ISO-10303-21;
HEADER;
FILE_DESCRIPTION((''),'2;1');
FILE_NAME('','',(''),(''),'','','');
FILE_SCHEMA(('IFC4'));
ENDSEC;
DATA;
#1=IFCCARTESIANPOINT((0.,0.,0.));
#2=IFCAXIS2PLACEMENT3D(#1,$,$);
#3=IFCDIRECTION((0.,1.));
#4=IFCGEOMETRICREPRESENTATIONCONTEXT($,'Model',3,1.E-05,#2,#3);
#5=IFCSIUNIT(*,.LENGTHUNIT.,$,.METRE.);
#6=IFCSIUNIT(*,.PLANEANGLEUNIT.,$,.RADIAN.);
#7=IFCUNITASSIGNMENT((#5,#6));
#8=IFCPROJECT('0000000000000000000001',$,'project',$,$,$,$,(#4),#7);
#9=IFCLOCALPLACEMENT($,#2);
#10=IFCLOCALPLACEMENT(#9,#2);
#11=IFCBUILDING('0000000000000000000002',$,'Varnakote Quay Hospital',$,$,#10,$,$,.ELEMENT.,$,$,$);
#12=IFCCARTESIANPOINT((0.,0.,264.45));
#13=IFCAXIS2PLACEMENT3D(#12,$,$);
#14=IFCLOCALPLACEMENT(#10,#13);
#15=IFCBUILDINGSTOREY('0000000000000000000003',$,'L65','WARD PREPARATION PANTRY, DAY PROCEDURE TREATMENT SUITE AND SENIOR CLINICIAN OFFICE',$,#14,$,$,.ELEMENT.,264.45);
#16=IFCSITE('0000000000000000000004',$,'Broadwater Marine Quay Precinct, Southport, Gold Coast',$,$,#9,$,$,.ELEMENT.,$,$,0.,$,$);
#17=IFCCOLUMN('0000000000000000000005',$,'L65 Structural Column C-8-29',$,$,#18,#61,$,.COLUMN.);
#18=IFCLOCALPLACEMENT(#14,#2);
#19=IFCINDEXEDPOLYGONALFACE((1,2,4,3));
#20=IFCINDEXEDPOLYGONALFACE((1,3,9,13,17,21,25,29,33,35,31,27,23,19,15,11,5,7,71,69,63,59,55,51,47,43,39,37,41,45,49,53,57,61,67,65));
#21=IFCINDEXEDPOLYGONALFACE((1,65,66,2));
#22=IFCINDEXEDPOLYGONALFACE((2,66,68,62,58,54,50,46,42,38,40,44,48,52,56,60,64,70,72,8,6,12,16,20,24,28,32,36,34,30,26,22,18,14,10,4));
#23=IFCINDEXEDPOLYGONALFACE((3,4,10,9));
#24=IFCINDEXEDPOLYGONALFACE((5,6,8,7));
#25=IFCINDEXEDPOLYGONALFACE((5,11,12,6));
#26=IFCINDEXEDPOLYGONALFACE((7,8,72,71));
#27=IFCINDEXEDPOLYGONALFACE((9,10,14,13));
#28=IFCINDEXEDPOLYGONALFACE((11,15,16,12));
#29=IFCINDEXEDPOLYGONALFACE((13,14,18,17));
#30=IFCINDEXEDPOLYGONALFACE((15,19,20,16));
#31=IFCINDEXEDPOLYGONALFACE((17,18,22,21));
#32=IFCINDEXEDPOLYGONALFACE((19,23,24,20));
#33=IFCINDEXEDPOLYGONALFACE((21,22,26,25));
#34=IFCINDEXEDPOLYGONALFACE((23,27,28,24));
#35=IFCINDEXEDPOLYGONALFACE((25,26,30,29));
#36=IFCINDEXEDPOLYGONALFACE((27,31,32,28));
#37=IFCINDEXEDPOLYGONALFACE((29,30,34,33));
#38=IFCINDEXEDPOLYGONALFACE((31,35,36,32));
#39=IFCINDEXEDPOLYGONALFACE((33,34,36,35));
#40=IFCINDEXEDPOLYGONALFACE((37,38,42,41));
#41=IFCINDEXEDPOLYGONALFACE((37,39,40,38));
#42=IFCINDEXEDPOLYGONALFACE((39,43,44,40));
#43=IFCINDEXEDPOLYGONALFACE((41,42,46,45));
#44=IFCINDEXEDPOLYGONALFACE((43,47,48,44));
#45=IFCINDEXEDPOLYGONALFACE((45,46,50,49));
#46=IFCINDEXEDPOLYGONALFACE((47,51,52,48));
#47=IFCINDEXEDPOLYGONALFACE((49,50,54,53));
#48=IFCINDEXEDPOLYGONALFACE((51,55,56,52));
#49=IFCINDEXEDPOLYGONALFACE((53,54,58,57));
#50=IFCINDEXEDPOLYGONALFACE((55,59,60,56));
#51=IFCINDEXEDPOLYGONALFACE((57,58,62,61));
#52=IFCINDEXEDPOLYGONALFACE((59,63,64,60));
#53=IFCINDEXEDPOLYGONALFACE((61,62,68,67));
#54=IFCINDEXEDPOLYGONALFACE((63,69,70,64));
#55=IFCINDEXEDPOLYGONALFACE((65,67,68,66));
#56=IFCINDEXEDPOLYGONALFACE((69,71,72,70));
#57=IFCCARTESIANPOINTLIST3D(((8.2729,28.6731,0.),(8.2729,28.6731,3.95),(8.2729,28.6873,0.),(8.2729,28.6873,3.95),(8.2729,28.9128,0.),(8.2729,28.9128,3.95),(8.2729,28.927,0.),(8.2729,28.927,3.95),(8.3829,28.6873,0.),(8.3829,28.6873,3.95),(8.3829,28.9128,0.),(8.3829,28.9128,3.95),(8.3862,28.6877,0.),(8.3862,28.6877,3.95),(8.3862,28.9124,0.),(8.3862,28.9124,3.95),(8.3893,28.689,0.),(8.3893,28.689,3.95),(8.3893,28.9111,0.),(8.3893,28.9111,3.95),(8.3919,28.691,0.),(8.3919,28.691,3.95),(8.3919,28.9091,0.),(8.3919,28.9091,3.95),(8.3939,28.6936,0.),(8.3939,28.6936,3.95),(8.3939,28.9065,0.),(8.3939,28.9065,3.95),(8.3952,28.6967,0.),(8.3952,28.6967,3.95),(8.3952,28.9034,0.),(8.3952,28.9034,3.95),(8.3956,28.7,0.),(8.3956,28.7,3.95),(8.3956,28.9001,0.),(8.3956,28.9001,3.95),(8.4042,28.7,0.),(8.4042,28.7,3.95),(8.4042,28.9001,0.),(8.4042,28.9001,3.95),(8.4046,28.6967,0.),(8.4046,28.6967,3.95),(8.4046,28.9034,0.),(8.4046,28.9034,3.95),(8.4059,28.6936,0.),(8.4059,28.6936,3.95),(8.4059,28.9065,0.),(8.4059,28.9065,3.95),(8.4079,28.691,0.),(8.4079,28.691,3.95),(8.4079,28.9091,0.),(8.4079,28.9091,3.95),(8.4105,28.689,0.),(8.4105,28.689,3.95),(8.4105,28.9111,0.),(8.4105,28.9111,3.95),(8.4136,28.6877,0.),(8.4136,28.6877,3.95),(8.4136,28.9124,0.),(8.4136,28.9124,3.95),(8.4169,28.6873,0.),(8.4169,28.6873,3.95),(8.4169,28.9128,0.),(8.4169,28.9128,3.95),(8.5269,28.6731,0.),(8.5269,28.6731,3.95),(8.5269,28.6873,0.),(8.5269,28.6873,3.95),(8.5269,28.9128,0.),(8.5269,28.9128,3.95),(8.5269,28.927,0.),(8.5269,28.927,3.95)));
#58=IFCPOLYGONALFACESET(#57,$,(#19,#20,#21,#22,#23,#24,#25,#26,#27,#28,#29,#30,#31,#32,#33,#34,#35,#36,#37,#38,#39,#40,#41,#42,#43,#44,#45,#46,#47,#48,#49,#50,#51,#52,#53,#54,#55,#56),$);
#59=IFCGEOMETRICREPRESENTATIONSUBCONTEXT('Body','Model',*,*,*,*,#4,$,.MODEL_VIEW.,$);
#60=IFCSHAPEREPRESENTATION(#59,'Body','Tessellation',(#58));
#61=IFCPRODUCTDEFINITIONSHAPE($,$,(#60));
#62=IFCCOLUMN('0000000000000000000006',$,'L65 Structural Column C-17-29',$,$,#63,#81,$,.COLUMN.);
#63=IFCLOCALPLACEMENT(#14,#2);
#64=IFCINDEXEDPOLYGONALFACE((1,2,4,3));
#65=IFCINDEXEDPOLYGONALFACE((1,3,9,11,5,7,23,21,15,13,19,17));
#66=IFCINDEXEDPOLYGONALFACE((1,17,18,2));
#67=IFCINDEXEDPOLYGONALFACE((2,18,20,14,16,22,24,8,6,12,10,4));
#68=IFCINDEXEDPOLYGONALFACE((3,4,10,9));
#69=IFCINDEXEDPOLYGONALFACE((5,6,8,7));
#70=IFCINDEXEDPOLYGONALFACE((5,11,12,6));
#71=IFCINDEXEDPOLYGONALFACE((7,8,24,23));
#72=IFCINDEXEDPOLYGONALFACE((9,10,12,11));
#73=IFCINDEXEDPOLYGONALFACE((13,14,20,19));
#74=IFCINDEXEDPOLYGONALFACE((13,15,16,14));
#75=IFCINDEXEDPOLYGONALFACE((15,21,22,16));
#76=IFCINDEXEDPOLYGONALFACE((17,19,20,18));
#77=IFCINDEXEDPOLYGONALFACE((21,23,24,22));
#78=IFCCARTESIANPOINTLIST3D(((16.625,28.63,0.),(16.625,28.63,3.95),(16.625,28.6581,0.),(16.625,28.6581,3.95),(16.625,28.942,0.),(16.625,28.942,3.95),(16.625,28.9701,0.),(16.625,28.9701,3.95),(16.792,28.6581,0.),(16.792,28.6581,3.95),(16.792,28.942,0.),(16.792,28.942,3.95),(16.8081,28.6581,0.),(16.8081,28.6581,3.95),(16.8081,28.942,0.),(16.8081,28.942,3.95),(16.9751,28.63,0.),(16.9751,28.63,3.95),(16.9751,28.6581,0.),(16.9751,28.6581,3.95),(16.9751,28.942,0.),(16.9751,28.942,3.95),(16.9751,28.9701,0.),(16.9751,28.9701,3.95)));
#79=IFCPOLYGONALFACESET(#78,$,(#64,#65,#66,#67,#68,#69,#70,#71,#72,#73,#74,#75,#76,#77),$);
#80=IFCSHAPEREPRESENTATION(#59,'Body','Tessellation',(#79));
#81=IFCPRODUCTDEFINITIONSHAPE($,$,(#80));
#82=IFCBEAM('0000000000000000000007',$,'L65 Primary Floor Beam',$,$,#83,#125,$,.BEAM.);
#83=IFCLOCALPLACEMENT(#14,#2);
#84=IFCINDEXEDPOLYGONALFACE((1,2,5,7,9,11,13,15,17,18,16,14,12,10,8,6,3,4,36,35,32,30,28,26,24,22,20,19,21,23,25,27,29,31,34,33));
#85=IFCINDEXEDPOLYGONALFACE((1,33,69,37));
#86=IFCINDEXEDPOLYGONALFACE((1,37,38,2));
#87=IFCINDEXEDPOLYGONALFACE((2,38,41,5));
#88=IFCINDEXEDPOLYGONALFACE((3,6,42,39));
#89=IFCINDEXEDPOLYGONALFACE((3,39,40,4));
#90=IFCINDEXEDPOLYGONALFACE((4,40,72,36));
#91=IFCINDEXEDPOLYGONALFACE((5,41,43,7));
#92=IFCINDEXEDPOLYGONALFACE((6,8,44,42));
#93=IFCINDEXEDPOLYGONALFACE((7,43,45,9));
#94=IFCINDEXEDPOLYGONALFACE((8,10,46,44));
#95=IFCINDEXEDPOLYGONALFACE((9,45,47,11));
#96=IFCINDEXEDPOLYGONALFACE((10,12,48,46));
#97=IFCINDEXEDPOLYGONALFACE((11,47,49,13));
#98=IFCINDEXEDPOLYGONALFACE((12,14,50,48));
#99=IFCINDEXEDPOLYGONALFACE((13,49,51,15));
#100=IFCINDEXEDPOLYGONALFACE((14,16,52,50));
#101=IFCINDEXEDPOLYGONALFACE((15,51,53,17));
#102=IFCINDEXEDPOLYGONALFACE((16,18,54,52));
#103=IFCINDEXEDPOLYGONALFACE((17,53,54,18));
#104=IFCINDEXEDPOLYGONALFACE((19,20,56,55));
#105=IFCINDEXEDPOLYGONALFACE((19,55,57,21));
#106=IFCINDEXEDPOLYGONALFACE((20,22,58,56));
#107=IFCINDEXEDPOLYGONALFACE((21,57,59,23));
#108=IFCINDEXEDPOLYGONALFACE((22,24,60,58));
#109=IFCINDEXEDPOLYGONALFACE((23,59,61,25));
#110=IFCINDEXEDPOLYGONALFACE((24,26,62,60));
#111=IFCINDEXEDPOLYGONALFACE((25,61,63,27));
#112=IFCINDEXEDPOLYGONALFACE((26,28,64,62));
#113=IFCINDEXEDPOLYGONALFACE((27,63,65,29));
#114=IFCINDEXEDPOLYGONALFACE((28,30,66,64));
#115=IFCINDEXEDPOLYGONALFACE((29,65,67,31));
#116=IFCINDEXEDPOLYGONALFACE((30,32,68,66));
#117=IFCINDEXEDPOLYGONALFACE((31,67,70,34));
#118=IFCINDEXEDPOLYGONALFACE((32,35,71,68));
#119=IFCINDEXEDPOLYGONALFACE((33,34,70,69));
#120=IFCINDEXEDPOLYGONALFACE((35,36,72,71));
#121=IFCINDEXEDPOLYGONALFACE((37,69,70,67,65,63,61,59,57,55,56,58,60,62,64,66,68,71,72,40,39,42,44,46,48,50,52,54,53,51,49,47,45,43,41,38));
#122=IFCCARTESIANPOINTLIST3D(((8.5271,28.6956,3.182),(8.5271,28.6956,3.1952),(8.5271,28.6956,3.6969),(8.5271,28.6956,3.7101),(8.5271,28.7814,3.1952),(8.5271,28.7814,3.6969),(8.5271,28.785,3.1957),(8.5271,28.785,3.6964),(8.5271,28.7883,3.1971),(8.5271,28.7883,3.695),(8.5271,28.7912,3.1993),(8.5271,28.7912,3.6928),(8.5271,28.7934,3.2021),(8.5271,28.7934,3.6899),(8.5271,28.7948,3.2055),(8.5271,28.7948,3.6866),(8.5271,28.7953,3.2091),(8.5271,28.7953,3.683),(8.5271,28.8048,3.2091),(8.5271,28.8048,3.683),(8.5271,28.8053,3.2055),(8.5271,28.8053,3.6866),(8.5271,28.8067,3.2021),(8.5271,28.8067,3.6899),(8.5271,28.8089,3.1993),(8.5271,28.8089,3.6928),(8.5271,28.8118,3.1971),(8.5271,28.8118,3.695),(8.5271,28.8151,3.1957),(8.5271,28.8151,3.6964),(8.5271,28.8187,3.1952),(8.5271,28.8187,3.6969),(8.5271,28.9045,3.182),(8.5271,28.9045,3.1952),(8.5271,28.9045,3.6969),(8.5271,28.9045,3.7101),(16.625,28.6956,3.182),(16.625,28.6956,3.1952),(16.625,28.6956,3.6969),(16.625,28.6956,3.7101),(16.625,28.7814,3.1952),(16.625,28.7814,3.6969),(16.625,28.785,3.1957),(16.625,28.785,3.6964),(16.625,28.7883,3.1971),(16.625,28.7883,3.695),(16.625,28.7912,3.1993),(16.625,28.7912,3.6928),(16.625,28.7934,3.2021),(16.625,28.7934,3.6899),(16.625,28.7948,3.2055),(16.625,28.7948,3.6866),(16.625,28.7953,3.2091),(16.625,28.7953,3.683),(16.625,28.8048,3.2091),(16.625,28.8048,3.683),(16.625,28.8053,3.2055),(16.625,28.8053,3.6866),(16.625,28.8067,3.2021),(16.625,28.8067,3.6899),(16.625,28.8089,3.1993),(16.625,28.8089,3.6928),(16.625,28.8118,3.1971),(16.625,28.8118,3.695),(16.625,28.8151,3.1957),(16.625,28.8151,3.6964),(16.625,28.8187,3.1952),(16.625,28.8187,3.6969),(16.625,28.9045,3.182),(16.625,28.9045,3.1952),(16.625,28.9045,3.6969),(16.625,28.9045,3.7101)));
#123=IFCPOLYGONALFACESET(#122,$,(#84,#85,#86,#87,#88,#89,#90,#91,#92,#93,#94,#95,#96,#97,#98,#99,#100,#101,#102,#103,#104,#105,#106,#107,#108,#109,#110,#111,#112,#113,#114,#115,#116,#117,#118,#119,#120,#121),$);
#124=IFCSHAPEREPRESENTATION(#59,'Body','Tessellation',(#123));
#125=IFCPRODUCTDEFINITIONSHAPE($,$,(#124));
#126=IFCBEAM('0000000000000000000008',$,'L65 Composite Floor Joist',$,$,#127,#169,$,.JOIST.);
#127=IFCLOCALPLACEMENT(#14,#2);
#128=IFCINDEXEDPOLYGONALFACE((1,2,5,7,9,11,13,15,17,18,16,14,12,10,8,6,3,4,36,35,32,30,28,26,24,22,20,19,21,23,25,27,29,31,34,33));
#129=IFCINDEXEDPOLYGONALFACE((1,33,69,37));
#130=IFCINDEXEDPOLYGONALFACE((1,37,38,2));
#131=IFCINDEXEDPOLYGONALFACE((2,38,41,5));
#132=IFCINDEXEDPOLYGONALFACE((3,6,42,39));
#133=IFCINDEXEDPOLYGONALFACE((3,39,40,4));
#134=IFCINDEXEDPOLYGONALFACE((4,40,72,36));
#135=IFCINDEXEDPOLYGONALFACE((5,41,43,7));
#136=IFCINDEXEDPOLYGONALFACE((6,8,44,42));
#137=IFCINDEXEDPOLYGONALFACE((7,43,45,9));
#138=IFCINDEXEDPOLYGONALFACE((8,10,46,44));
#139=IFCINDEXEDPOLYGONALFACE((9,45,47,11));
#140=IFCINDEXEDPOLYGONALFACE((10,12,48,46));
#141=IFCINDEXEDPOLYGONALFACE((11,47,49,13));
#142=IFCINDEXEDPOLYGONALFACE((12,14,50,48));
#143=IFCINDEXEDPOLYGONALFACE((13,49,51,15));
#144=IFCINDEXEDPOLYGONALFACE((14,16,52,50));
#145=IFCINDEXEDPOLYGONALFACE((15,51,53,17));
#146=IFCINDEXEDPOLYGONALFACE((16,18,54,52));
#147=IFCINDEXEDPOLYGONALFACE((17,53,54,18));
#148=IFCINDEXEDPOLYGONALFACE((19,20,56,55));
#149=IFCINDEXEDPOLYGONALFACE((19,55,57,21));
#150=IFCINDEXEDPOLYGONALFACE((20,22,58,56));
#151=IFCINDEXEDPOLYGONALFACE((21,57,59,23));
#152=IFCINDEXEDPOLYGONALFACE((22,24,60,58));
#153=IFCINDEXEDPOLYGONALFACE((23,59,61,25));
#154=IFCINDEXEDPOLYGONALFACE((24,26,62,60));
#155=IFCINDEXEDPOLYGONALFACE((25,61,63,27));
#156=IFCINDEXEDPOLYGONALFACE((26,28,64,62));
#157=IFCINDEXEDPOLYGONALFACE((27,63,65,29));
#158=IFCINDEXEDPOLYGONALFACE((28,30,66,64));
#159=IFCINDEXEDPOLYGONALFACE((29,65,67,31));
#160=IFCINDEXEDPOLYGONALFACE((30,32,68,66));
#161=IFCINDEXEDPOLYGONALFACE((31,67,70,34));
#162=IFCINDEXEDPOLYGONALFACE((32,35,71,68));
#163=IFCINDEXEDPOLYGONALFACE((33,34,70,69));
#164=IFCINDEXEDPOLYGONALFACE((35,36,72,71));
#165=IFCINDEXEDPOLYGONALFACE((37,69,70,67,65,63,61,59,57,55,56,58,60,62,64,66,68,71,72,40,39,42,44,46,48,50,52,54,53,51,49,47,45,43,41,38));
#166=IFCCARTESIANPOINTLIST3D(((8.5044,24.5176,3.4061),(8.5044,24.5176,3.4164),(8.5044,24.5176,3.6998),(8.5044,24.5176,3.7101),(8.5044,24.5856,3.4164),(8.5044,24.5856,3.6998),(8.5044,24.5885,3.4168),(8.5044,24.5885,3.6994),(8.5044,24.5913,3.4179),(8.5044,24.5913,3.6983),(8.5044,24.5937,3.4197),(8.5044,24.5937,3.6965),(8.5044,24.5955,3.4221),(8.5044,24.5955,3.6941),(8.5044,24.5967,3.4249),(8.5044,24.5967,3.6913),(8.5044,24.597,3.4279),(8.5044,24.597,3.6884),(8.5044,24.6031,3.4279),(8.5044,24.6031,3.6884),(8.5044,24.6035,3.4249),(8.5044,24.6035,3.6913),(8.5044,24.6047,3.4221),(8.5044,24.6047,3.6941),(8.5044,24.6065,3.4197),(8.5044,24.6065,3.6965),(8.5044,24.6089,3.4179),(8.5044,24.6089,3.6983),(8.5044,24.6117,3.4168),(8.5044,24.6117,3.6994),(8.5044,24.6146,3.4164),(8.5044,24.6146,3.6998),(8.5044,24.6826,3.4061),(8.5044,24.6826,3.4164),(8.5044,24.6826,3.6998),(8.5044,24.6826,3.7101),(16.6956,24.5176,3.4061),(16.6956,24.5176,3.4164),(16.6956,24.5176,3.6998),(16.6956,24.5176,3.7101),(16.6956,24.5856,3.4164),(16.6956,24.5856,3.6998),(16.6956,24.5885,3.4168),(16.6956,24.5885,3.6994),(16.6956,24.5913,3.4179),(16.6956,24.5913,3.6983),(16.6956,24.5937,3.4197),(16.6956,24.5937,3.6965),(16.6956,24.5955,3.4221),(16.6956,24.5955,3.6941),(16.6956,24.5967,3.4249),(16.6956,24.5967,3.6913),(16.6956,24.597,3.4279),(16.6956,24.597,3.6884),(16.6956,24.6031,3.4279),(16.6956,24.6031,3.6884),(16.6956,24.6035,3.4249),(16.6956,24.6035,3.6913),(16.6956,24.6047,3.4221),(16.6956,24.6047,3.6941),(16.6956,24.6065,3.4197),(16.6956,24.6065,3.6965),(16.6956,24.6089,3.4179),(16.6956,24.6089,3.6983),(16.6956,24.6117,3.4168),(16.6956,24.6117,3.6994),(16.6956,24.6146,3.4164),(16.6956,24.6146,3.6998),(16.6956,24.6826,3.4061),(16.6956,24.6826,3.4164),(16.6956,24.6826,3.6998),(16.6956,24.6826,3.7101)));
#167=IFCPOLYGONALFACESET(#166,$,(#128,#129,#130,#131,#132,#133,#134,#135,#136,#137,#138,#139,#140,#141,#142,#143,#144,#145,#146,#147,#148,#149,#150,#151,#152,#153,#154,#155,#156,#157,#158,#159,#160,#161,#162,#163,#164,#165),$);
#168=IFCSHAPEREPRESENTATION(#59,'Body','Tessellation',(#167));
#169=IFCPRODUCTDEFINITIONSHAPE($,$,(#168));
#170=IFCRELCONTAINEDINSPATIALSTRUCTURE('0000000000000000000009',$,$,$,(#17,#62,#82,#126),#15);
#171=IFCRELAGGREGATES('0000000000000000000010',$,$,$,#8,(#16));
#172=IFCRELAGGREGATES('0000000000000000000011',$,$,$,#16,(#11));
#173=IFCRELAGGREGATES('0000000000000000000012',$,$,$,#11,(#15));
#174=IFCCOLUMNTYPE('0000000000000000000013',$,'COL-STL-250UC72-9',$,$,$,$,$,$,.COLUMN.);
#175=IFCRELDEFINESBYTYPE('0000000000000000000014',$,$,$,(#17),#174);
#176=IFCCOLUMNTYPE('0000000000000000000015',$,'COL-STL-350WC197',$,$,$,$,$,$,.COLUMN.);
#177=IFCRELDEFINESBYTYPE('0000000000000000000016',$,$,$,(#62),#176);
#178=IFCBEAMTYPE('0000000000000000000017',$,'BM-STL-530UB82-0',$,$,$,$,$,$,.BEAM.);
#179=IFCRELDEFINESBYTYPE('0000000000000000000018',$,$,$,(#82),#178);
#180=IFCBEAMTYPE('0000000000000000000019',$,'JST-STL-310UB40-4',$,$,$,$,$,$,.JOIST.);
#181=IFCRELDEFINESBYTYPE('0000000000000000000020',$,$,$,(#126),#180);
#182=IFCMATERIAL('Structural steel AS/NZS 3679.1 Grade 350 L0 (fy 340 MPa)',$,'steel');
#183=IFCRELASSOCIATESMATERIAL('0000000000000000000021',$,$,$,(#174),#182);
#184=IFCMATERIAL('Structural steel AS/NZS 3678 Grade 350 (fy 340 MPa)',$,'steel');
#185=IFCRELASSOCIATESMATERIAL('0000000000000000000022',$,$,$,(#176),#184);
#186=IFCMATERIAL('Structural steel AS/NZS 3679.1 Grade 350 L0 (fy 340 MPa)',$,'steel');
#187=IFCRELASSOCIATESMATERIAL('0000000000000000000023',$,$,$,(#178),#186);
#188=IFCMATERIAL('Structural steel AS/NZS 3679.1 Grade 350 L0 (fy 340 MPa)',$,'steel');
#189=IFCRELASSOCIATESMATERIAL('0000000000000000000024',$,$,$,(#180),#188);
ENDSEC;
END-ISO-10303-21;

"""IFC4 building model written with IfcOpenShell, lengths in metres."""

from ifc_helpers import new_model, si_unit, direction, frame, origin, origin_2d, place, context, subcontext, project, spatial, i_section, extrude, material, material_profile, profile_set, type_object, element, save


model = new_model("IFC4")

# Units and contexts
model_context = context("Model", 3, precision=1e-05, world=origin(), true_north=direction((0.0, 1.0)))
body_context = subcontext(model_context, "Body", "Model", "MODEL_VIEW")
ifc_project = project(units=[si_unit("LENGTHUNIT", "METRE"), si_unit("PLANEANGLEUNIT", "RADIAN")], contexts=[model_context])

# Site, building, storey
site_placement = place(None, origin())
site = spatial("IfcSite", under=ifc_project, at=site_placement, Name="Broadwater Marine Quay Precinct, Southport, Gold Coast", CompositionType="ELEMENT", RefElevation=0.0)
building_placement = place(site_placement, origin())
building = spatial("IfcBuilding", under=site, at=building_placement, Name="Varnakote Quay Hospital", CompositionType="ELEMENT")
storey_placement = place(building_placement, frame((0.0, 0.0, 264.45)))
storey = spatial("IfcBuildingStorey", under=building, at=storey_placement, Name="L65", Description="WARD PREPARATION PANTRY, DAY PROCEDURE TREATMENT SUITE AND SENIOR CLINICIAN OFFICE", CompositionType="ELEMENT", Elevation=264.45)

# Columns
ifc_material_1 = material(Name="Structural steel AS/NZS 3679.1 Grade 350 L0 (fy 340 MPa)", Category="steel")
ifc_material_profile_1 = material_profile(ifc_material_1, i_section(OverallWidth=0.2539, OverallDepth=0.2539, WebThickness=0.0085, FlangeThickness=0.0142, FilletRadius=0.0127, at=origin_2d()), Name="250UC72.9")
ifc_profile_set_1 = profile_set([ifc_material_profile_1], Name="Structural steel AS/NZS 3679.1 Grade 350 L0 (fy 340 MPa)")
column_type_1 = type_object("IfcColumnType", Name="COL-STL-250UC72-9", PredefinedType="COLUMN", material=ifc_profile_set_1)
column_1_placement = place(storey_placement, frame((8.3999, 28.8, 0.0), z_axis=(0.0, 0.0, 1.0), x_axis=(1.0, 0.0, 0.0)))
element("IfcColumn", 1, at=column_1_placement, inside=storey, type_object=column_type_1, Name="L65 Structural Column C-8-29", PredefinedType="COLUMN", context=body_context, shape_type="SweptSolid", body=[
    extrude(i_section(OverallWidth=0.2539, OverallDepth=0.2539, WebThickness=0.0085, FlangeThickness=0.0142, FilletRadius=0.0127, at=origin_2d()), origin(), (0.0, 0.0, 1.0), 3.95),
])
ifc_material_2 = material(Name="Structural steel AS/NZS 3678 Grade 350 (fy 340 MPa)", Category="steel")
ifc_material_profile_2 = material_profile(ifc_material_2, i_section(OverallWidth=0.3501, OverallDepth=0.3401, WebThickness=0.0161, FlangeThickness=0.0281, at=origin_2d()), Name="350WC197")
ifc_profile_set_2 = profile_set([ifc_material_profile_2], Name="Structural steel AS/NZS 3678 Grade 350 (fy 340 MPa)")
column_type_2 = type_object("IfcColumnType", Name="COL-STL-350WC197", PredefinedType="COLUMN", material=ifc_profile_set_2)
column_2_placement = place(storey_placement, frame((16.8, 28.8, 0.0), z_axis=(0.0, 0.0, 1.0), x_axis=(1.0, 0.0, 0.0)))
element("IfcColumn", 2, at=column_2_placement, inside=storey, type_object=column_type_2, Name="L65 Structural Column C-17-29", PredefinedType="COLUMN", context=body_context, shape_type="SweptSolid", body=[
    extrude(i_section(OverallWidth=0.3501, OverallDepth=0.3401, WebThickness=0.0161, FlangeThickness=0.0281, at=origin_2d()), origin(), (0.0, 0.0, 1.0), 3.95),
])

# Beams
ifc_material_3 = material(Name="Structural steel AS/NZS 3679.1 Grade 350 L0 (fy 340 MPa)", Category="steel")
ifc_material_profile_3 = material_profile(ifc_material_3, i_section(OverallWidth=0.209, OverallDepth=0.5281, WebThickness=0.0095, FlangeThickness=0.0132, FilletRadius=0.0139, at=origin_2d()), Name="530UB82.0")
ifc_profile_set_3 = profile_set([ifc_material_profile_3], Name="Structural steel AS/NZS 3679.1 Grade 350 L0 (fy 340 MPa)")
beam_type_1 = type_object("IfcBeamType", Name="BM-STL-530UB82-0", PredefinedType="BEAM", material=ifc_profile_set_3)
beam_1_placement = place(storey_placement, frame((8.5271, 28.8, 3.446), z_axis=(1.0, 0.0, 0.0), x_axis=(0.0, 1.0, 0.0)))
element("IfcBeam", 3, at=beam_1_placement, inside=storey, type_object=beam_type_1, Name="L65 Primary Floor Beam", PredefinedType="BEAM", context=body_context, shape_type="SweptSolid", body=[
    extrude(i_section(OverallWidth=0.209, OverallDepth=0.5281, WebThickness=0.0095, FlangeThickness=0.0132, FilletRadius=0.0139, at=origin_2d()), origin(), (0.0, 0.0, 1.0), 8.0979),
])
ifc_material_4 = material(Name="Structural steel AS/NZS 3679.1 Grade 350 L0 (fy 340 MPa)", Category="steel")
ifc_material_profile_4 = material_profile(ifc_material_4, i_section(OverallWidth=0.165, OverallDepth=0.304, WebThickness=0.0061, FlangeThickness=0.0103, FilletRadius=0.0115, at=origin_2d()), Name="310UB40.4")
ifc_profile_set_4 = profile_set([ifc_material_profile_4], Name="Structural steel AS/NZS 3679.1 Grade 350 L0 (fy 340 MPa)")
beam_type_2 = type_object("IfcBeamType", Name="JST-STL-310UB40-4", PredefinedType="JOIST", material=ifc_profile_set_4)
beam_2_placement = place(storey_placement, frame((8.5044, 24.6001, 3.5581), z_axis=(1.0, 0.0, 0.0), x_axis=(0.0, 1.0, 0.0)))
element("IfcBeam", 4, at=beam_2_placement, inside=storey, type_object=beam_type_2, Name="L65 Composite Floor Joist", PredefinedType="JOIST", context=body_context, shape_type="SweptSolid", body=[
    extrude(i_section(OverallWidth=0.165, OverallDepth=0.304, WebThickness=0.0061, FlangeThickness=0.0103, FilletRadius=0.0115, at=origin_2d()), origin(), (0.0, 0.0, 1.0), 8.1912),
])

save(model, "model.ifc")
